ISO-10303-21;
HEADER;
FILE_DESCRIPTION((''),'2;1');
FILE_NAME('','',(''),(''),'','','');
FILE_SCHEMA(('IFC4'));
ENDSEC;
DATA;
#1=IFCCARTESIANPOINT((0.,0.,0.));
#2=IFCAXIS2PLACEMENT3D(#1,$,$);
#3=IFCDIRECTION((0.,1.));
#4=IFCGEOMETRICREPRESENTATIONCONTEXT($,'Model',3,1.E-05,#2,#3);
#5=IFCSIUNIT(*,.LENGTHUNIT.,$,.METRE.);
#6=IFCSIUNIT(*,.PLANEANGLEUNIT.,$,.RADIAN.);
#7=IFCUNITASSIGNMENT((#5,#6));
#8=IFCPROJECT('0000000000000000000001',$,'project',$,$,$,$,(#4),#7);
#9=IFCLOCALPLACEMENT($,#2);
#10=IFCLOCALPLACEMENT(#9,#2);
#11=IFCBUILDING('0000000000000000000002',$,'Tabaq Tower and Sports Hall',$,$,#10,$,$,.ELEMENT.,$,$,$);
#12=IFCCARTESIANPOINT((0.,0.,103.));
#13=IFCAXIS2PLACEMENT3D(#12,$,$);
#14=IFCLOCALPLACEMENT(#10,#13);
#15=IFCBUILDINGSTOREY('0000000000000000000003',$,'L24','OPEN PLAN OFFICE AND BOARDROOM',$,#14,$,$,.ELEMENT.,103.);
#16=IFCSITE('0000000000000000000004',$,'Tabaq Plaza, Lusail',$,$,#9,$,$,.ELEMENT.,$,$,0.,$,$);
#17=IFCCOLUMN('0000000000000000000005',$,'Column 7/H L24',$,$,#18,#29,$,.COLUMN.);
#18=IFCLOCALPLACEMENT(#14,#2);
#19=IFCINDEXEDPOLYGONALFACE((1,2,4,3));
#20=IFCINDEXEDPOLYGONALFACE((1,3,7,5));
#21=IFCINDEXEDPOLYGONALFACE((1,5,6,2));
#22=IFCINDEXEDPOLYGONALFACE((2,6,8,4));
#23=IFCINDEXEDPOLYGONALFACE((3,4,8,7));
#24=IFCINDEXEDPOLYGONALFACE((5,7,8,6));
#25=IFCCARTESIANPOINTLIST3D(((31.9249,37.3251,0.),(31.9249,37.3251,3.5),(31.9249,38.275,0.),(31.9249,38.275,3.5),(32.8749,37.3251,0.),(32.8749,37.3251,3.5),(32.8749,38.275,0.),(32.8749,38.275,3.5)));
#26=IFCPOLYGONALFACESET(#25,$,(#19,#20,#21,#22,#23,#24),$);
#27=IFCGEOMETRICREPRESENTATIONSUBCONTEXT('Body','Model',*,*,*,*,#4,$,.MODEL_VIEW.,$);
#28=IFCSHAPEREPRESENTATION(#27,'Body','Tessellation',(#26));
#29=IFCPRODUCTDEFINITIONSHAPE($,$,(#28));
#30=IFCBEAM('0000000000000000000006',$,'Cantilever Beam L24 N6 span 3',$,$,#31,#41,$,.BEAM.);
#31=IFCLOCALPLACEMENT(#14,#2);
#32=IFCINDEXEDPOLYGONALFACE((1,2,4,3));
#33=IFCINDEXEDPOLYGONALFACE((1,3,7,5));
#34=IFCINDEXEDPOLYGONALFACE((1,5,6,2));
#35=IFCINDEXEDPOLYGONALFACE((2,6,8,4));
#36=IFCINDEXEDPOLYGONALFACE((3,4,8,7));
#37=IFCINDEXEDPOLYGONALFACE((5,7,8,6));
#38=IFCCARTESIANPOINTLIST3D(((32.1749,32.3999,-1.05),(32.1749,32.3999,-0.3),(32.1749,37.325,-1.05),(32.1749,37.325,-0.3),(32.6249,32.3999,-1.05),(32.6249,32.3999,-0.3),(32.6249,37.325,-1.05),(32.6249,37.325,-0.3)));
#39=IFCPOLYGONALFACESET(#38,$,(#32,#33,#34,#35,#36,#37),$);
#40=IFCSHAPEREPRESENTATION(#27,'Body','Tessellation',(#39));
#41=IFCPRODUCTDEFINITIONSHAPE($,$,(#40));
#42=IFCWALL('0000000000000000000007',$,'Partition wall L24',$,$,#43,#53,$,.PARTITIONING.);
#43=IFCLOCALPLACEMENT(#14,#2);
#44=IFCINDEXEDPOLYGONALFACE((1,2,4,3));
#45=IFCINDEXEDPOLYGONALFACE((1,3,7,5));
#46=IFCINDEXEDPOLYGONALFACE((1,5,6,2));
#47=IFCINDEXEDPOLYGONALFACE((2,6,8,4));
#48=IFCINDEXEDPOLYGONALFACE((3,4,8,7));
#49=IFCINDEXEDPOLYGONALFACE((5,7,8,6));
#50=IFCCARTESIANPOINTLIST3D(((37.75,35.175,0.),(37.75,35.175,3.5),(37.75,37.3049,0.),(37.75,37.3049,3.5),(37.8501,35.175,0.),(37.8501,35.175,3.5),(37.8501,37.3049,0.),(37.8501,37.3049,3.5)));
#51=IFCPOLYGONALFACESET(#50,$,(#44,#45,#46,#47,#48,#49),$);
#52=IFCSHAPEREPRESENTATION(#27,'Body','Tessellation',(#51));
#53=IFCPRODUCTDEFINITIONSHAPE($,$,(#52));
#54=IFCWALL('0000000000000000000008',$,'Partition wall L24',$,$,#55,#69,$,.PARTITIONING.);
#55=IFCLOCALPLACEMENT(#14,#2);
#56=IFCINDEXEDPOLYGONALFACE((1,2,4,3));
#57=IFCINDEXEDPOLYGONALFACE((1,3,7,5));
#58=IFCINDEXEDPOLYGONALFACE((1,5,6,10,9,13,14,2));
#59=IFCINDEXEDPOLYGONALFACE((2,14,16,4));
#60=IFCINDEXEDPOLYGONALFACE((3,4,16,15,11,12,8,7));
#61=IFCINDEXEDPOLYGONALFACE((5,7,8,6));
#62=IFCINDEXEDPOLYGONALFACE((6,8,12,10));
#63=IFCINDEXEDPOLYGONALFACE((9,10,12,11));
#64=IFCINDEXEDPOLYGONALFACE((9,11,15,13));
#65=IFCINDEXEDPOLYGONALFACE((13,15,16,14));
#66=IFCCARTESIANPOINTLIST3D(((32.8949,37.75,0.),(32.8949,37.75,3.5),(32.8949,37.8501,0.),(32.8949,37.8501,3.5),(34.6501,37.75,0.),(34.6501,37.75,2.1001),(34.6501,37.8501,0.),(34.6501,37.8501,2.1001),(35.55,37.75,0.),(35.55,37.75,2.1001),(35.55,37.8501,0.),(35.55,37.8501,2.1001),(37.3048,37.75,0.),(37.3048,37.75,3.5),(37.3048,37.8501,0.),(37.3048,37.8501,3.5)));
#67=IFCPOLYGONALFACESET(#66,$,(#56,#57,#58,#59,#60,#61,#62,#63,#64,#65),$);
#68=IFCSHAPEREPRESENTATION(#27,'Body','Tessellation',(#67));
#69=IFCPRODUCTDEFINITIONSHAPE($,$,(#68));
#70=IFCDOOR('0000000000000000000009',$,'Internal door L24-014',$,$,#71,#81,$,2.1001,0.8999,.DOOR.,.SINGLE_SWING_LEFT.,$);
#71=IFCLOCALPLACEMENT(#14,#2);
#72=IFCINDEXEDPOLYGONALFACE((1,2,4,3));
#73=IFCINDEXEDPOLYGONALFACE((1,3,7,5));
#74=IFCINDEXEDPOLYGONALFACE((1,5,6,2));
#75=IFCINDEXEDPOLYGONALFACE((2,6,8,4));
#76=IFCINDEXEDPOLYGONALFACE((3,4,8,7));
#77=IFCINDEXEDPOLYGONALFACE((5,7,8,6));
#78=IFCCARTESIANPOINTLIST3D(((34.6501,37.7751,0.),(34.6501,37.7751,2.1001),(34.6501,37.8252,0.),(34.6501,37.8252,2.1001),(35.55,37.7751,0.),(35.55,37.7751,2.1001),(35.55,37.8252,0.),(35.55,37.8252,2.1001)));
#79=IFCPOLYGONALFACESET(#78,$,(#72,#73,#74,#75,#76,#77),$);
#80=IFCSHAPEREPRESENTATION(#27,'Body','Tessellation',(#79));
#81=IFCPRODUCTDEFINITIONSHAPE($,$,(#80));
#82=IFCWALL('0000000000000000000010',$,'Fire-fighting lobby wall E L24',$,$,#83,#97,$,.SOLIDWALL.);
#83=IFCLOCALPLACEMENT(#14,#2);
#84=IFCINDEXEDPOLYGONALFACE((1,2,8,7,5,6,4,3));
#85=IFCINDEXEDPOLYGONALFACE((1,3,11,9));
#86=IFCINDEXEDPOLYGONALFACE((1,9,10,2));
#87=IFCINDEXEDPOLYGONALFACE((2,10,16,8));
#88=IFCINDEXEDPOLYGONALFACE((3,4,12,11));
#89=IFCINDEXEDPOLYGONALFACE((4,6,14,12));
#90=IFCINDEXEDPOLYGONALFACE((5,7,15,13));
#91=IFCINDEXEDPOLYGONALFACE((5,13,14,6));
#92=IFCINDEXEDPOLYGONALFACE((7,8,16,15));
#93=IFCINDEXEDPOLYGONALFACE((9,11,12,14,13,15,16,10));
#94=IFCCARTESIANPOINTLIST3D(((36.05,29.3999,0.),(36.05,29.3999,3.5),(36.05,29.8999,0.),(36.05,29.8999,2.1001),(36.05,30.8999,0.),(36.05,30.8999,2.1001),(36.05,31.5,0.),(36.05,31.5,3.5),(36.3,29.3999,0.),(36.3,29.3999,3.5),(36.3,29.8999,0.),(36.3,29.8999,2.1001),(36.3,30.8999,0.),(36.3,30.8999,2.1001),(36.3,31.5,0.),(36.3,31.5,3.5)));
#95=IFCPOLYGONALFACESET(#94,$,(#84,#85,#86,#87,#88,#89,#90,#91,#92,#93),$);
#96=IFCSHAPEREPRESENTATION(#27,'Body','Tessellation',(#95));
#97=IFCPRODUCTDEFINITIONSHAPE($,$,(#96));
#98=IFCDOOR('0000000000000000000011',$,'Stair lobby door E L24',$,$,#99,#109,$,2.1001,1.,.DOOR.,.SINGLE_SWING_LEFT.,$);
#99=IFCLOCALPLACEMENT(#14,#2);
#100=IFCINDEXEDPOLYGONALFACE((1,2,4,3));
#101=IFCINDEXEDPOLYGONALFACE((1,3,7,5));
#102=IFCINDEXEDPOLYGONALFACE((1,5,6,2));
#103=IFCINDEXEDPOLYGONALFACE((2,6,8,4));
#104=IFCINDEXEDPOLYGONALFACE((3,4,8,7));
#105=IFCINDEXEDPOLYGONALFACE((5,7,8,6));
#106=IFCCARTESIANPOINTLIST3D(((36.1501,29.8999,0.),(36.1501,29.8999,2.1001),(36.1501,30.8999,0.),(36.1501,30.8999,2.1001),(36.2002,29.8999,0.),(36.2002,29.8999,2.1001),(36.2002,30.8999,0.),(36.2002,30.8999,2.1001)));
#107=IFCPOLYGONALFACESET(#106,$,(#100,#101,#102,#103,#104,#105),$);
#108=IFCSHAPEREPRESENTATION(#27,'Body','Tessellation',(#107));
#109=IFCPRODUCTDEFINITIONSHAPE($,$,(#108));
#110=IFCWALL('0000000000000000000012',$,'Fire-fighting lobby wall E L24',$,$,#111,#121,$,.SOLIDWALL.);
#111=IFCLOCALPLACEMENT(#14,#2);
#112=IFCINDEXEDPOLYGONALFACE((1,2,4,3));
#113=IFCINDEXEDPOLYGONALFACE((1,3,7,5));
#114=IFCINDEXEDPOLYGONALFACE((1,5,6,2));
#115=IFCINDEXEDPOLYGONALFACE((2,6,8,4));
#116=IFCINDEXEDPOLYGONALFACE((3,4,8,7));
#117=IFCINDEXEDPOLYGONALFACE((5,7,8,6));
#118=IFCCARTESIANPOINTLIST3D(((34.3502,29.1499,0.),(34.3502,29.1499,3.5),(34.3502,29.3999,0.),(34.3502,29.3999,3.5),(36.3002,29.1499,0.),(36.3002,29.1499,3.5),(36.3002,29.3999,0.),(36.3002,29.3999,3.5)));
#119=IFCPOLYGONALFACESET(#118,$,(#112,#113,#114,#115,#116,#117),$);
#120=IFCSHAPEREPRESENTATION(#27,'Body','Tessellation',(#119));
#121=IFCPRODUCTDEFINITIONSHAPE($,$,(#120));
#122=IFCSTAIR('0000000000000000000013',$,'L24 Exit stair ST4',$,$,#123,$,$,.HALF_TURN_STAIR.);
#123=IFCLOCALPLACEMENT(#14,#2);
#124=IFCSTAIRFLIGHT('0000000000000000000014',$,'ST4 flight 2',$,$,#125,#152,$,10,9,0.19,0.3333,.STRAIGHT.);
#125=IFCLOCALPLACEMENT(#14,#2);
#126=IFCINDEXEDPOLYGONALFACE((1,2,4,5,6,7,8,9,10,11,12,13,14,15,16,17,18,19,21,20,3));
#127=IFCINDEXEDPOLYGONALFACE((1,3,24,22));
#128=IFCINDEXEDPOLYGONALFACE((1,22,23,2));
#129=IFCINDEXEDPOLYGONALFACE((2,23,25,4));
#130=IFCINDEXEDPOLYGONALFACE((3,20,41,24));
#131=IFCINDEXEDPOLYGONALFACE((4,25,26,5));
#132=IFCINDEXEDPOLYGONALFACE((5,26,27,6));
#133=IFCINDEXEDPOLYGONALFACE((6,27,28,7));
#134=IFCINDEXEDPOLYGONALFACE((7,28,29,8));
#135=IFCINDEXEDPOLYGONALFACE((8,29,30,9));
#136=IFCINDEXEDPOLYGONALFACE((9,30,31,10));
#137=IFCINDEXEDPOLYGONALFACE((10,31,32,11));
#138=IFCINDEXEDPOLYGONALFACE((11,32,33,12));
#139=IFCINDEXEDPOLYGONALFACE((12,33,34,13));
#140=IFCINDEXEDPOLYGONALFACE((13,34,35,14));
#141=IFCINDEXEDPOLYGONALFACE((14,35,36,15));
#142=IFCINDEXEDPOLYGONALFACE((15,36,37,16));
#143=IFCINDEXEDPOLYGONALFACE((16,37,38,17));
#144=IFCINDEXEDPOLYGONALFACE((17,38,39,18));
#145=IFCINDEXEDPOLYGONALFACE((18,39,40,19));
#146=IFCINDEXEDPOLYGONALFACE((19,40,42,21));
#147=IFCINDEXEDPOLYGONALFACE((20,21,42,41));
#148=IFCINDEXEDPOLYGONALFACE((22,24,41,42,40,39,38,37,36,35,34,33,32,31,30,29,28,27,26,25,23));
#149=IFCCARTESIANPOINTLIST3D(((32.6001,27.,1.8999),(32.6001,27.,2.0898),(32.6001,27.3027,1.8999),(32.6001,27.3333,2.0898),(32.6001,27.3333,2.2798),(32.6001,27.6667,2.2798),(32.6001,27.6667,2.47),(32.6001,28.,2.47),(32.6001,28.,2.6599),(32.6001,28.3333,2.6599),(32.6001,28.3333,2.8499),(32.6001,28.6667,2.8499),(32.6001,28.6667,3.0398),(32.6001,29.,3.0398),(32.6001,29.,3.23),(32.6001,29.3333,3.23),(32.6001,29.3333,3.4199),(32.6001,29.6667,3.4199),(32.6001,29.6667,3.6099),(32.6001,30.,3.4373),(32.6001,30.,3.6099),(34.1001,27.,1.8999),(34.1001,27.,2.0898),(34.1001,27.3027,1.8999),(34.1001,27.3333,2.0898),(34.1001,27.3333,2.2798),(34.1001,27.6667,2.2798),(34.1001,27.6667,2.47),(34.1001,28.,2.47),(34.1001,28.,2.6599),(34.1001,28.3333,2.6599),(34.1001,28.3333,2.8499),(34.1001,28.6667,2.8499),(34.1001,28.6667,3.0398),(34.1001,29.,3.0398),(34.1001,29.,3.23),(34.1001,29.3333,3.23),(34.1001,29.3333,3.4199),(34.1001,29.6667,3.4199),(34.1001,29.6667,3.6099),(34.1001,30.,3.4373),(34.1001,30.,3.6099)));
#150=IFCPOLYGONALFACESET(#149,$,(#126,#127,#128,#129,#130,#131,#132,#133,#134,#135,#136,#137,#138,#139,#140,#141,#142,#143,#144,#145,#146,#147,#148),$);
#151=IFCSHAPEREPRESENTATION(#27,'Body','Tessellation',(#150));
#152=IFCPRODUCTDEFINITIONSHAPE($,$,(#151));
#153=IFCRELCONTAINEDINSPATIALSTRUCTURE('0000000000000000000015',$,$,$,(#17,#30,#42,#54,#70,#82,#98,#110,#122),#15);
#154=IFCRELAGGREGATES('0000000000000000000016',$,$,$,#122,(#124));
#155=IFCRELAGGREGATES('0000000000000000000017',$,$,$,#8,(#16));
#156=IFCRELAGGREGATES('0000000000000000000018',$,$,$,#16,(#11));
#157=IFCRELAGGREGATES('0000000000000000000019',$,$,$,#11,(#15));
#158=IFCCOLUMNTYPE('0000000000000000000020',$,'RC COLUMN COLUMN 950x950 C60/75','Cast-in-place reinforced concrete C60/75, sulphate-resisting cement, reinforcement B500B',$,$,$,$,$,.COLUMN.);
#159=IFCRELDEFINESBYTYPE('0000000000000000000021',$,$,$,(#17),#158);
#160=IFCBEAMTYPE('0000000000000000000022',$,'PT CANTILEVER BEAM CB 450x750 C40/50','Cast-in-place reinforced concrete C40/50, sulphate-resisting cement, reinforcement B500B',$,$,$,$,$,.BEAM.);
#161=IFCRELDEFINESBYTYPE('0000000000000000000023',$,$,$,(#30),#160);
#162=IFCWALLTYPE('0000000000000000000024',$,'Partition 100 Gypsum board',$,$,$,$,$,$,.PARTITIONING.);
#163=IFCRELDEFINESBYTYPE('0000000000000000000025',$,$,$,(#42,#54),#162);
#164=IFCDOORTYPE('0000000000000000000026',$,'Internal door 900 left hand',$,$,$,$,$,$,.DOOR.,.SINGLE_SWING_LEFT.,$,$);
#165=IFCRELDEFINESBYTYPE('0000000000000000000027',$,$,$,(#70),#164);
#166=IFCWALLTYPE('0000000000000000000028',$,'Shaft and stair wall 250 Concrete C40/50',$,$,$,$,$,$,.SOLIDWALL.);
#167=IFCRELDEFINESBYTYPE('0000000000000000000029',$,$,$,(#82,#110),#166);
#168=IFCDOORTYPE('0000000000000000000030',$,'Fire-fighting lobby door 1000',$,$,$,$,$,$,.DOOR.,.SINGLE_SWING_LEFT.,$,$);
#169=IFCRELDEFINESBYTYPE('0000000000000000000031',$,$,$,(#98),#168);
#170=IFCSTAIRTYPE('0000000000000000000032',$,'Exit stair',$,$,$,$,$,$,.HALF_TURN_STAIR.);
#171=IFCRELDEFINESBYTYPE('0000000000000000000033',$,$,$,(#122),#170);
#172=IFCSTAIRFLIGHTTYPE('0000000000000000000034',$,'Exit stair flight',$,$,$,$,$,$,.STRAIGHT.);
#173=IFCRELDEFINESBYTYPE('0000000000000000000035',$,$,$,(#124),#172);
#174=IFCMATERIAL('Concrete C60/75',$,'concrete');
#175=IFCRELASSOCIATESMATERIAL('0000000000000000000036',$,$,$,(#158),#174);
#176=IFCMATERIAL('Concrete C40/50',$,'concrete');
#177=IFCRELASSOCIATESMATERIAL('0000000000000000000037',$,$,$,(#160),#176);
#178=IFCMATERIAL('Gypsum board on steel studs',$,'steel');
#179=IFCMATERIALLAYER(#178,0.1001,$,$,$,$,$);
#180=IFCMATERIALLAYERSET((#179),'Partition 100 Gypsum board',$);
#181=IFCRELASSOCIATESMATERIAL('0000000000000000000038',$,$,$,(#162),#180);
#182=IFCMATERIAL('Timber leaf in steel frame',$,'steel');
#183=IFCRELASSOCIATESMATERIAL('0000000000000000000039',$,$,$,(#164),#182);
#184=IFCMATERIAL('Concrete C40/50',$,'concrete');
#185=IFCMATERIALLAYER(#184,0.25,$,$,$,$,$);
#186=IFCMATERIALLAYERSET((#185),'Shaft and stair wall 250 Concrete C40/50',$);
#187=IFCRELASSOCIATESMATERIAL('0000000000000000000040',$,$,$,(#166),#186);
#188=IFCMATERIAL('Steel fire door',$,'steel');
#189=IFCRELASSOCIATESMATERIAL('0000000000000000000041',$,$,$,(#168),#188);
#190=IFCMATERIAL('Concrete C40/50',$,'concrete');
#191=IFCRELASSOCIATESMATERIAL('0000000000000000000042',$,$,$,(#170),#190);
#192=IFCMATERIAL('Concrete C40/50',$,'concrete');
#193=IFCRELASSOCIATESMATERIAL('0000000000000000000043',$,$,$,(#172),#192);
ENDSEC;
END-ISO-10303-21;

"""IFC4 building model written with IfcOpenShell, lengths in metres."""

from ifc_helpers import new_model, si_unit, direction, frame, frame_2d, origin, origin_2d, place, context, subcontext, project, spatial, polyline, rectangle, outline, extrude, material, layer, layer_set, material_profile, profile_set, type_object, element, fill, aggregate, save


model = new_model("IFC4")

# Units and contexts
model_context = context("Model", 3, precision=1e-05, world=origin(), true_north=direction((0.0, 1.0)))
body_context = subcontext(model_context, "Body", "Model", "MODEL_VIEW")
ifc_project = project(units=[si_unit("LENGTHUNIT", "METRE"), si_unit("PLANEANGLEUNIT", "RADIAN")], contexts=[model_context])

# Site, building, storey
site_placement = place(None, origin())
site = spatial("IfcSite", under=ifc_project, at=site_placement, Name="Tabaq Plaza, Lusail", CompositionType="ELEMENT", RefElevation=0.0)
building_placement = place(site_placement, origin())
building = spatial("IfcBuilding", under=site, at=building_placement, Name="Tabaq Tower and Sports Hall", CompositionType="ELEMENT")
storey_placement = place(building_placement, frame((0.0, 0.0, 103.0)))
storey = spatial("IfcBuildingStorey", under=building, at=storey_placement, Name="L24", Description="OPEN PLAN OFFICE AND BOARDROOM", CompositionType="ELEMENT", Elevation=103.0)

# Column
ifc_material_1 = material(Name="Concrete C60/75", Category="concrete")
ifc_material_profile_1 = material_profile(ifc_material_1, rectangle(XDim=0.95, YDim=0.95, at=origin_2d()), Name="COLUMN 950x950")
ifc_profile_set_1 = profile_set([ifc_material_profile_1], Name="Concrete C60/75")
column_type = type_object("IfcColumnType", Name="RC COLUMN COLUMN 950x950 C60/75", Description="Cast-in-place reinforced concrete C60/75, sulphate-resisting cement, reinforcement B500B", PredefinedType="COLUMN", material=ifc_profile_set_1)
column_placement = place(storey_placement, frame((32.3999, 37.8, 0.0), z_axis=(0.0, 0.0, 1.0), x_axis=(1.0, 0.0, 0.0)))
element("IfcColumn", 1, at=column_placement, inside=storey, type_object=column_type, Name="Column 7/H L24", PredefinedType="COLUMN", context=body_context, shape_type="SweptSolid", body=[
    extrude(rectangle(XDim=0.95, YDim=0.95, at=origin_2d()), origin(), (0.0, 0.0, 1.0), 3.5),
])

# Beam
ifc_material_2 = material(Name="Concrete C40/50", Category="concrete")
ifc_material_profile_2 = material_profile(ifc_material_2, rectangle(XDim=0.45, YDim=0.75, at=origin_2d()), Name="CB 450x750")
ifc_profile_set_2 = profile_set([ifc_material_profile_2], Name="Concrete C40/50")
beam_type = type_object("IfcBeamType", Name="PT CANTILEVER BEAM CB 450x750 C40/50", Description="Cast-in-place reinforced concrete C40/50, sulphate-resisting cement, reinforcement B500B", PredefinedType="BEAM", material=ifc_profile_set_2)
beam_placement = place(storey_placement, frame((32.3999, 37.325, -0.675), z_axis=(0.0, -1.0, 0.0), x_axis=(1.0, 0.0, 0.0)))
element("IfcBeam", 2, at=beam_placement, inside=storey, type_object=beam_type, Name="Cantilever Beam L24 N6 span 3", PredefinedType="BEAM", context=body_context, shape_type="SweptSolid", body=[
    extrude(rectangle(XDim=0.45, YDim=0.75, at=origin_2d()), origin(), (0.0, 0.0, 1.0), 4.925),
])

# Wall
ifc_material_3 = material(Name="Gypsum board on steel studs", Category="steel")
ifc_layer_1 = layer(ifc_material_3, 0.1001)
ifc_layer_set_1 = layer_set([ifc_layer_1], Name="Partition 100 Gypsum board")
wall_type_1 = type_object("IfcWallType", Name="Partition 100 Gypsum board", PredefinedType="PARTITIONING", material=ifc_layer_set_1)
wall_1_placement = place(storey_placement, frame((37.8, 35.175, 0.0), z_axis=(0.0, 0.0, 1.0), x_axis=(0.0, 1.0, 0.0)))
element("IfcWall", 3, at=wall_1_placement, inside=storey, type_object=wall_type_1, Name="Partition wall L24", PredefinedType="PARTITIONING", context=body_context, shape_type="SweptSolid", body=[
    extrude(rectangle(XDim=2.1299, YDim=0.1001, at=frame_2d((1.0649, 0.0))), origin(), (0.0, 0.0, 1.0), 3.5),
])

# Walls, openings, doors
wall_2_placement = place(storey_placement, frame((37.3049, 37.8, 0.0), z_axis=(0.0, 0.0, 1.0), x_axis=(-1.0, 0.0, 0.0)))
wall_2 = element("IfcWall", 4, at=wall_2_placement, inside=storey, type_object=wall_type_1, Name="Partition wall L24", PredefinedType="PARTITIONING", context=body_context, shape_type="SweptSolid", body=[
    extrude(rectangle(XDim=4.4099, YDim=0.1001, at=frame_2d((2.2051, 0.0))), origin(), (0.0, 0.0, 1.0), 3.5),
])
opening_1_placement = place(wall_2_placement, frame((1.7549, 0.0, 0.0)))
opening_1 = element("IfcOpeningElement", 5, at=opening_1_placement, cuts=wall_2, PredefinedType="OPENING", context=body_context, shape_type="SweptSolid", body=[
    extrude(rectangle(XDim=0.8999, YDim=2.1001, at=frame_2d((0.45, 1.05))), frame((0.0, 0.05, 0.0), z_axis=(0.0, -1.0, 0.0), x_axis=(1.0, 0.0, 0.0)), (0.0, 0.0, 1.0), 0.1001),
])
ifc_material_4 = material(Name="Timber leaf in steel frame", Category="steel")
door_type_1 = type_object("IfcDoorType", Name="Internal door 900 left hand", OperationType="SINGLE_SWING_LEFT", PredefinedType="DOOR", material=ifc_material_4)
door_1_placement = place(opening_1_placement, origin())
door_1 = element("IfcDoor", 6, at=door_1_placement, inside=storey, type_object=door_type_1, Name="Internal door L24-014", OperationType="SINGLE_SWING_LEFT", OverallHeight=2.1001, OverallWidth=0.8999, PredefinedType="DOOR", context=body_context, shape_type="SweptSolid", body=[
    extrude(rectangle(XDim=0.8999, YDim=2.1001, at=frame_2d((0.45, 1.05))), frame((0.0, 0.0249, 0.0), z_axis=(0.0, -1.0, 0.0), x_axis=(1.0, 0.0, 0.0)), (0.0, 0.0, 1.0), 0.05),
])
fill(opening_1, door_1)
ifc_material_5 = material(Name="Concrete C40/50", Category="concrete")
ifc_layer_2 = layer(ifc_material_5, 0.25)
ifc_layer_set_2 = layer_set([ifc_layer_2], Name="Shaft and stair wall 250 Concrete C40/50")
wall_type_2 = type_object("IfcWallType", Name="Shaft and stair wall 250 Concrete C40/50", PredefinedType="SOLIDWALL", material=ifc_layer_set_2)
wall_3_placement = place(storey_placement, frame((36.175, 29.3999, 0.0), z_axis=(0.0, 0.0, 1.0), x_axis=(0.0, 1.0, 0.0)))
wall_3 = element("IfcWall", 7, at=wall_3_placement, inside=storey, type_object=wall_type_2, Name="Fire-fighting lobby wall E L24", PredefinedType="SOLIDWALL", context=body_context, shape_type="SweptSolid", body=[
    extrude(rectangle(XDim=2.1001, YDim=0.25, at=frame_2d((1.05, 0.0))), origin(), (0.0, 0.0, 1.0), 3.5),
])
opening_2_placement = place(wall_3_placement, frame((0.5, 0.0, 0.0)))
opening_2 = element("IfcOpeningElement", 8, at=opening_2_placement, cuts=wall_3, PredefinedType="OPENING", context=body_context, shape_type="SweptSolid", body=[
    extrude(rectangle(XDim=1.0, YDim=2.1001, at=frame_2d((0.5, 1.05))), frame((0.0, 0.125, 0.0), z_axis=(0.0, -1.0, 0.0), x_axis=(1.0, 0.0, 0.0)), (0.0, 0.0, 1.0), 0.25),
])
ifc_material_6 = material(Name="Steel fire door", Category="steel")
door_type_2 = type_object("IfcDoorType", Name="Fire-fighting lobby door 1000", OperationType="SINGLE_SWING_LEFT", PredefinedType="DOOR", material=ifc_material_6)
door_2_placement = place(opening_2_placement, origin())
door_2 = element("IfcDoor", 9, at=door_2_placement, inside=storey, type_object=door_type_2, Name="Stair lobby door E L24", OperationType="SINGLE_SWING_LEFT", OverallHeight=2.1001, OverallWidth=1.0, PredefinedType="DOOR", context=body_context, shape_type="SweptSolid", body=[
    extrude(rectangle(XDim=1.0, YDim=2.1001, at=frame_2d((0.5, 1.05))), frame((0.0, 0.0249, 0.0), z_axis=(0.0, -1.0, 0.0), x_axis=(1.0, 0.0, 0.0)), (0.0, 0.0, 1.0), 0.05),
])
fill(opening_2, door_2)

# Wall
wall_4_placement = place(storey_placement, frame((34.3501, 29.2749, 0.0), z_axis=(0.0, 0.0, 1.0), x_axis=(1.0, 0.0, 0.0)))
element("IfcWall", 10, at=wall_4_placement, inside=storey, type_object=wall_type_2, Name="Fire-fighting lobby wall E L24", PredefinedType="SOLIDWALL", context=body_context, shape_type="SweptSolid", body=[
    extrude(rectangle(XDim=1.95, YDim=0.25, at=frame_2d((0.9751, 0.0))), origin(), (0.0, 0.0, 1.0), 3.5),
])

# Stair, stair flight
ifc_material_7 = material(Name="Concrete C40/50", Category="concrete")
stair_type = type_object("IfcStairType", Name="Exit stair", PredefinedType="HALF_TURN_STAIR", material=ifc_material_7)
stair_placement = place(storey_placement, origin())
stair = element("IfcStair", 11, at=stair_placement, inside=storey, type_object=stair_type, Name="L24 Exit stair ST4", PredefinedType="HALF_TURN_STAIR")
ifc_material_8 = material(Name="Concrete C40/50", Category="concrete")
stair_flight_type = type_object("IfcStairFlightType", Name="Exit stair flight", PredefinedType="STRAIGHT", material=ifc_material_8)
stair_flight_placement = place(storey_placement, frame((33.3501, 27.0, 1.8999), z_axis=(0.0, 0.0, 1.0), x_axis=(0.0, 1.0, 0.0)))
stair_flight = element("IfcStairFlight", 12, at=stair_flight_placement, type_object=stair_flight_type, Name="ST4 flight 2", NumberOfRisers=10, NumberOfTreads=9, PredefinedType="STRAIGHT", RiserHeight=0.19, TreadLength=0.3333, context=body_context, shape_type="SweptSolid", body=[
    extrude(outline(polyline([(0.0, 0.0), (0.0, 0.1899), (0.3333, 0.1899), (0.3333, 0.3799), (0.6667, 0.3799), (0.6667, 0.5701), (1.0, 0.5701), (1.0, 0.76), (1.3333, 0.76), (1.3333, 0.95), (1.6667, 0.95), (1.6667, 1.1399), (2.0, 1.1399), (2.0, 1.3301), (2.3333, 1.3301), (2.3333, 1.52), (2.6667, 1.52), (2.6667, 1.71), (3.0, 1.71), (3.0, 1.8999), (3.0, 1.5374), (0.3027, 0.0), (0.0, 0.0)])), frame((0.0, 0.75, 0.0), z_axis=(0.0, -1.0, 0.0), x_axis=(1.0, 0.0, 0.0)), (0.0, 0.0, 1.0), 1.5),
])
aggregate(stair, [stair_flight])

save(model, "model.ifc")
